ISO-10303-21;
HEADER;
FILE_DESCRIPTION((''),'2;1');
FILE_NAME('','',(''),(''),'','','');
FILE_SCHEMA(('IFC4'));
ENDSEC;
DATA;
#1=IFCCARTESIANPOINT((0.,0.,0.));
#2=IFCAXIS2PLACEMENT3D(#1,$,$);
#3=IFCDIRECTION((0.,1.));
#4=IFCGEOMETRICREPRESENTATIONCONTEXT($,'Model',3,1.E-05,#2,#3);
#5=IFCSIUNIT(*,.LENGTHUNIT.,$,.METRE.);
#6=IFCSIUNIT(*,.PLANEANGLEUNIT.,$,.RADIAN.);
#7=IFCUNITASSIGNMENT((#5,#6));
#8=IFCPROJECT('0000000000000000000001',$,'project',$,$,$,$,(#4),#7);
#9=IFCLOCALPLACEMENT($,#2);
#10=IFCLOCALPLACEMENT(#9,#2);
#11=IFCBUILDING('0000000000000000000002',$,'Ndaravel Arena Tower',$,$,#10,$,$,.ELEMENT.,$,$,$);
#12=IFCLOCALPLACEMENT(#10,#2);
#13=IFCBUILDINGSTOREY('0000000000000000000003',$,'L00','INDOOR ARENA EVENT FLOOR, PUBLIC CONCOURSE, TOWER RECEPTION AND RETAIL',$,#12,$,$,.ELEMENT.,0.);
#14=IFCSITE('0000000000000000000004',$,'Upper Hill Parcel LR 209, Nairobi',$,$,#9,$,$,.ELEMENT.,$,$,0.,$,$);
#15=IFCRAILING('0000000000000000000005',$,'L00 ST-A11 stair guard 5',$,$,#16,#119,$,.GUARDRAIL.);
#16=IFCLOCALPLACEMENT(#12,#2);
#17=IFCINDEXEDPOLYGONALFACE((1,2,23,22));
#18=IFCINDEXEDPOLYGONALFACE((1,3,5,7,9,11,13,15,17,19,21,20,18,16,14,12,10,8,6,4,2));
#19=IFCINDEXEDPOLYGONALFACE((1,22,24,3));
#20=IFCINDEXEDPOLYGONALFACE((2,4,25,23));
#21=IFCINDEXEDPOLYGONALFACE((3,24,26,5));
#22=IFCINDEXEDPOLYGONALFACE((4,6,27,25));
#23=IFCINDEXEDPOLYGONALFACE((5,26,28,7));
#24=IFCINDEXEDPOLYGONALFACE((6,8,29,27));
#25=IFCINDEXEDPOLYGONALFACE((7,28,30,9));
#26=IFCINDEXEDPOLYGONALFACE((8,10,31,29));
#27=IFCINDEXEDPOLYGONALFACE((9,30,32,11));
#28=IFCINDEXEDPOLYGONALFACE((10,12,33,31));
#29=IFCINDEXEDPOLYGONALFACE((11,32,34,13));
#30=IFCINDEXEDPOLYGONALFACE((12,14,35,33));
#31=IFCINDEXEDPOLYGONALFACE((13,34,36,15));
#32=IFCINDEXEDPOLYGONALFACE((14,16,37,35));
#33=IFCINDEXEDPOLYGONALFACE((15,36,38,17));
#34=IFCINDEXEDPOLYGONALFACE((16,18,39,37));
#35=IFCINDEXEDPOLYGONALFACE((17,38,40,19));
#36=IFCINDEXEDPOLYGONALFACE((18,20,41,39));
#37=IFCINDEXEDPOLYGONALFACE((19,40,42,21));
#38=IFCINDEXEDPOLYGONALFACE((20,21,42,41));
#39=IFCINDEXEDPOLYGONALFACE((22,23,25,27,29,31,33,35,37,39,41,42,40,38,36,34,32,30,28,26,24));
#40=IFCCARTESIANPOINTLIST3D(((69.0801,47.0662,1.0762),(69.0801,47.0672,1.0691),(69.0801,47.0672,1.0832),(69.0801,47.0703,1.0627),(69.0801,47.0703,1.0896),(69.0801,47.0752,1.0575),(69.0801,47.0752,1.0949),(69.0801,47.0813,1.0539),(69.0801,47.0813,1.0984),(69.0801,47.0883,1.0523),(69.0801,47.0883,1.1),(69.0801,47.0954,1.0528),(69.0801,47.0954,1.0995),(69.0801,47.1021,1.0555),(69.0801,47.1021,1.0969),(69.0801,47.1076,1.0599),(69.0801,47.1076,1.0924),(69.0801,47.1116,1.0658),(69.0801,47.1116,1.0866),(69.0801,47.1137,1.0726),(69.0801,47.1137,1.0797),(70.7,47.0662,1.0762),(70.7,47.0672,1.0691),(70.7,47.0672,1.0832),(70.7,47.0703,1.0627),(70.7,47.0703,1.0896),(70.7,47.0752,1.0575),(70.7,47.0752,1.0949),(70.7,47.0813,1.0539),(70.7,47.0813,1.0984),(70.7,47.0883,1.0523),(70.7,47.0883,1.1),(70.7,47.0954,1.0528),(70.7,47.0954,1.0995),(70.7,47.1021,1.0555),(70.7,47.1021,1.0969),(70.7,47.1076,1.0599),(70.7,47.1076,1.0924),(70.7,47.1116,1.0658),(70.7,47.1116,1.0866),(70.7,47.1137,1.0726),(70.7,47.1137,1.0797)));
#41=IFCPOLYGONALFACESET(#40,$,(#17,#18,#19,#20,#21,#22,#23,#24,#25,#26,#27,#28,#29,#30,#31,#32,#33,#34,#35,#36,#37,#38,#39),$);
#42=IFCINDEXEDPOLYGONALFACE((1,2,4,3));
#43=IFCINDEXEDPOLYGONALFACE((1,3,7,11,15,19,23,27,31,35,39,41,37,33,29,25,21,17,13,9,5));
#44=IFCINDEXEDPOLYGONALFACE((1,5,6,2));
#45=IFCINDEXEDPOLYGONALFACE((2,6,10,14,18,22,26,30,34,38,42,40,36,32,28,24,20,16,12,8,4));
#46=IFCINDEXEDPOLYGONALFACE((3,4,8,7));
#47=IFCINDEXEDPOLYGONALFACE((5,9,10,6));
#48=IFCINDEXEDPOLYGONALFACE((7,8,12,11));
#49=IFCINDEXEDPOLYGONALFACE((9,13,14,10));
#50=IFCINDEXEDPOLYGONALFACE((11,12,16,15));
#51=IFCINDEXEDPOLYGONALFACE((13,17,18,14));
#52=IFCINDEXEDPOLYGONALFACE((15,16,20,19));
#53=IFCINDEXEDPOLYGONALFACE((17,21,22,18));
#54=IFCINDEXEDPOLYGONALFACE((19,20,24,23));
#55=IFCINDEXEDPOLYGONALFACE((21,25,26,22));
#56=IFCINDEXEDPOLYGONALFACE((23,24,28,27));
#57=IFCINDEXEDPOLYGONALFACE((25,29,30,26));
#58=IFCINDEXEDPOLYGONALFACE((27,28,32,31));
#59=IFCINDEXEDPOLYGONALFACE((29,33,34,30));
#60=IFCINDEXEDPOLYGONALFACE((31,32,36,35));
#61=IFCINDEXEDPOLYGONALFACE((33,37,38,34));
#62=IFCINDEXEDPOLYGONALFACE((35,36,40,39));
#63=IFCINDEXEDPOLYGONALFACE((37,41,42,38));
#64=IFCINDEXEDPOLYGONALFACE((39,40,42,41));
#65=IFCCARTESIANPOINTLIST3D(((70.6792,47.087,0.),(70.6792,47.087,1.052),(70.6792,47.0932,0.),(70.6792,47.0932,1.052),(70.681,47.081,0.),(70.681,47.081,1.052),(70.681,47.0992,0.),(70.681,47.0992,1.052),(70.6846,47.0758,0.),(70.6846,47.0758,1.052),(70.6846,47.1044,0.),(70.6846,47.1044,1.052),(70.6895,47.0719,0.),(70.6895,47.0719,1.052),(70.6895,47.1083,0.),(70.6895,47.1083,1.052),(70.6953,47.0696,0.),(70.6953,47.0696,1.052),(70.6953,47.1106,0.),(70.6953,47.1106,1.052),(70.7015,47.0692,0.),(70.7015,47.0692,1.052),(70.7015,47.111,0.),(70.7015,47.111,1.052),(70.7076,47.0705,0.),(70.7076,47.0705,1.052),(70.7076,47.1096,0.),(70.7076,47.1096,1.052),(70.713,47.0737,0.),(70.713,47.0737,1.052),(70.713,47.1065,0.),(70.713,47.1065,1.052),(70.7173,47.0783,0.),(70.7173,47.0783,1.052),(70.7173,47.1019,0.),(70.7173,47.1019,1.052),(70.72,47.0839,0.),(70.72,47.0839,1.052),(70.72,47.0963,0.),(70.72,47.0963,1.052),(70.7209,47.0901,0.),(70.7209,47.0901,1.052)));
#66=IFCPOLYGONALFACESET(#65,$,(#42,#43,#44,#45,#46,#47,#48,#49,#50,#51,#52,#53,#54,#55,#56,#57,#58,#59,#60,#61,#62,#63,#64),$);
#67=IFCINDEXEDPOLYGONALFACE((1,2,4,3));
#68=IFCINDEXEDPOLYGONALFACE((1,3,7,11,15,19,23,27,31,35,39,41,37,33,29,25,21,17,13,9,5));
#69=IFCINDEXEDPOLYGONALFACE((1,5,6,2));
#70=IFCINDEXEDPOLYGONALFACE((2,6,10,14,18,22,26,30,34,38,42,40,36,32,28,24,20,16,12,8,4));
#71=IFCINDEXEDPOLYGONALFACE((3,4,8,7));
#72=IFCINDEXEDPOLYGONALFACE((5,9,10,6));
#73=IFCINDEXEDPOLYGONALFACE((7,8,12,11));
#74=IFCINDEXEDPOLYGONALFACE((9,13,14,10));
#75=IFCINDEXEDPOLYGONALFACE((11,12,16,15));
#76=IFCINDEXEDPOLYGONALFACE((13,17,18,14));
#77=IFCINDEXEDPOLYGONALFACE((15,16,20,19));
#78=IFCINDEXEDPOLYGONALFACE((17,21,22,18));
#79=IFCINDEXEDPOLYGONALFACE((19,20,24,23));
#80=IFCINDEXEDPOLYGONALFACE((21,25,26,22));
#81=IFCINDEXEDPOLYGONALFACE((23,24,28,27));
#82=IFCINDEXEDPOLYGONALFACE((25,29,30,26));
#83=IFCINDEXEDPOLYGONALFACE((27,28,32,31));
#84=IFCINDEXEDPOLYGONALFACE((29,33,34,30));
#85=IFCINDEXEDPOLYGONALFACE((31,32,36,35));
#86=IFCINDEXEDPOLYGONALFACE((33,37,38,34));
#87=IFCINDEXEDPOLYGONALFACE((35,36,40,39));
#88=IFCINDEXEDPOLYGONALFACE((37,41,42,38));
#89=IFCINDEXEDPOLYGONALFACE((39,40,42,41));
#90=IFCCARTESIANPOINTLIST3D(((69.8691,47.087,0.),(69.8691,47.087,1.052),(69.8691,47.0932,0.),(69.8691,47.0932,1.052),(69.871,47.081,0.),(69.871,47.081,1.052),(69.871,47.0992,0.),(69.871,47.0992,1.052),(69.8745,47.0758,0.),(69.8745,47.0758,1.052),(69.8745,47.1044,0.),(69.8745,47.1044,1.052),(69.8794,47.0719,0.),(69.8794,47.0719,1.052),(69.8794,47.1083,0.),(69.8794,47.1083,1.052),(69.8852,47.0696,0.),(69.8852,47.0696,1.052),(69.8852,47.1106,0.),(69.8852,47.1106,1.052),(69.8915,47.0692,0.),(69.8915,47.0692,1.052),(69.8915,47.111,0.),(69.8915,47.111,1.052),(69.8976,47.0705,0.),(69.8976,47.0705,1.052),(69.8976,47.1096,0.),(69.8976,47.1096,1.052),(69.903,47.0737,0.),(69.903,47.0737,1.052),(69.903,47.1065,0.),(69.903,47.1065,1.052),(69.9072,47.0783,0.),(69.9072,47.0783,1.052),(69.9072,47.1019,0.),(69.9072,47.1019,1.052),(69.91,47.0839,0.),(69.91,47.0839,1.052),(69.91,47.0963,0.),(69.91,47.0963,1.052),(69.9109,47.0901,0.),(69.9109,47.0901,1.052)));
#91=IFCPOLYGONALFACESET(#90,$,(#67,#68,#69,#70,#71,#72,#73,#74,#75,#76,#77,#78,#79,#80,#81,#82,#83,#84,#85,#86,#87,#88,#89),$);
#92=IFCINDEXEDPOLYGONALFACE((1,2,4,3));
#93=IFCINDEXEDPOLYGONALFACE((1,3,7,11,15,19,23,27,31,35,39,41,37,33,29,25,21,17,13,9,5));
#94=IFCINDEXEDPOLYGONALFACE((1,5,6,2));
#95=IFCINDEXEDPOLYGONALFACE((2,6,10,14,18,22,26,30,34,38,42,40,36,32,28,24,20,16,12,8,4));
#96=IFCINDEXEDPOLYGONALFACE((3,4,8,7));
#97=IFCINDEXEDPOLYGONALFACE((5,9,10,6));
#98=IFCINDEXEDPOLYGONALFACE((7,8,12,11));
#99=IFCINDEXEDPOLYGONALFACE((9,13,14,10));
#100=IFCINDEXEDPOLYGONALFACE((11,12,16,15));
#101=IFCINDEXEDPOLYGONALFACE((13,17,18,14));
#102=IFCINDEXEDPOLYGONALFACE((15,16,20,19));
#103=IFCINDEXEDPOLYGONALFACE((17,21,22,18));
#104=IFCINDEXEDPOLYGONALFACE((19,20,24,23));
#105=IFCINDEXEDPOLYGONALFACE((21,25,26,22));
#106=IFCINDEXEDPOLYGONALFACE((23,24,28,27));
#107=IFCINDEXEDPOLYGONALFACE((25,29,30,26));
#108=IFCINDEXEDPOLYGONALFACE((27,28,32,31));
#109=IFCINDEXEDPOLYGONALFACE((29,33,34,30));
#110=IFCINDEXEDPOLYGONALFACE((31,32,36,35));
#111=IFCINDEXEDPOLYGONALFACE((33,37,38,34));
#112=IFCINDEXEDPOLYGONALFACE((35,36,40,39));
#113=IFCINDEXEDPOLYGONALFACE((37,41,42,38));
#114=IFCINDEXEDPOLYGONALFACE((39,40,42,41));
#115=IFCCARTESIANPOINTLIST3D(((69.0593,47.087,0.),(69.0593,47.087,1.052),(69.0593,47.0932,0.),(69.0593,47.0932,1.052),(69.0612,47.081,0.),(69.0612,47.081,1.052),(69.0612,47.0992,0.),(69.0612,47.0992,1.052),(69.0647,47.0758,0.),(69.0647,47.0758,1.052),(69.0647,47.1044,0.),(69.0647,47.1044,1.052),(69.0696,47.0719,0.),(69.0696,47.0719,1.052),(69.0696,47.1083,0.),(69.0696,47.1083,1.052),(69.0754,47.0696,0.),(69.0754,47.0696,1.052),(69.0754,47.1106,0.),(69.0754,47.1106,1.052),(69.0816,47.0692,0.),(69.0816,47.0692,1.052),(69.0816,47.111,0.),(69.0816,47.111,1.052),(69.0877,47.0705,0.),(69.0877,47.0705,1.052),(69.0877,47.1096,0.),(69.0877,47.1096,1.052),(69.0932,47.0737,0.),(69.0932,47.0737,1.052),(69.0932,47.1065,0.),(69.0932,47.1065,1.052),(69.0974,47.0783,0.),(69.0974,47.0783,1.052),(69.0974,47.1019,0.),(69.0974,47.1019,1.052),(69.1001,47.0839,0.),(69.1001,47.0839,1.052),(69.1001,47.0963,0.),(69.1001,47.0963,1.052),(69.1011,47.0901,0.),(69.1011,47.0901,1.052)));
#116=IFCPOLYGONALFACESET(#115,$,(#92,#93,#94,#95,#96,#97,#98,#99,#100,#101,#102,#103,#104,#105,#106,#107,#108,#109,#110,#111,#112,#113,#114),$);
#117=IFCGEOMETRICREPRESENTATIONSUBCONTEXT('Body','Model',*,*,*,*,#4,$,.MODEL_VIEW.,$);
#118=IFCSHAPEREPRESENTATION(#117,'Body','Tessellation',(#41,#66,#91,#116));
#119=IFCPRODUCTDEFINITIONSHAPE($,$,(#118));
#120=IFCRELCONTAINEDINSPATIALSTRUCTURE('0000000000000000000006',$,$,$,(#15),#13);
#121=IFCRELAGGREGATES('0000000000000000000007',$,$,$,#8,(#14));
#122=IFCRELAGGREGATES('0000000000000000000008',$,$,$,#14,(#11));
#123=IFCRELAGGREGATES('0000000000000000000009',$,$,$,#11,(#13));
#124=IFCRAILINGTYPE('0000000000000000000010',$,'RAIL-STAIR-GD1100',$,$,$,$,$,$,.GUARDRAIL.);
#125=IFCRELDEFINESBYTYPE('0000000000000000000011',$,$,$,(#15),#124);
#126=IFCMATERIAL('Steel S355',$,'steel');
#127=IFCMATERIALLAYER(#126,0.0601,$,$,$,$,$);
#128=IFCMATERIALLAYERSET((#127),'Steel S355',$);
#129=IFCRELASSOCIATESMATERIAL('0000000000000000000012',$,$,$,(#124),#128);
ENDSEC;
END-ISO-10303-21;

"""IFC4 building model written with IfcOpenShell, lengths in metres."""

from ifc_helpers import new_model, si_unit, direction, frame, origin, origin_2d, place, context, subcontext, project, spatial, circle, extrude, material, layer, layer_set, type_object, element, save


model = new_model("IFC4")

# Units and contexts
model_context = context("Model", 3, precision=1e-05, world=origin(), true_north=direction((0.0, 1.0)))
body_context = subcontext(model_context, "Body", "Model", "MODEL_VIEW")
ifc_project = project(units=[si_unit("LENGTHUNIT", "METRE"), si_unit("PLANEANGLEUNIT", "RADIAN")], contexts=[model_context])

# Site, building, storey
site_placement = place(None, origin())
site = spatial("IfcSite", under=ifc_project, at=site_placement, Name="Upper Hill Parcel LR 209, Nairobi", CompositionType="ELEMENT", RefElevation=0.0)
building_placement = place(site_placement, origin())
building = spatial("IfcBuilding", under=site, at=building_placement, Name="Ndaravel Arena Tower", CompositionType="ELEMENT")
storey_placement = place(building_placement, origin())
storey = spatial("IfcBuildingStorey", under=building, at=storey_placement, Name="L00", Description="INDOOR ARENA EVENT FLOOR, PUBLIC CONCOURSE, TOWER RECEPTION AND RETAIL", CompositionType="ELEMENT", Elevation=0.0)

# Railing
ifc_material_1 = material(Name="Steel S355", Category="steel")
ifc_layer_1 = layer(ifc_material_1, 0.0601)
ifc_layer_set_1 = layer_set([ifc_layer_1], Name="Steel S355")
railing_type_1 = type_object("IfcRailingType", Name="RAIL-STAIR-GD1100", PredefinedType="GUARDRAIL", material=ifc_layer_set_1)
for number, where, name in (
    (1, (70.7, 47.0901, 0.0), "L00 ST-A11 stair guard 5"),
):
    element("IfcRailing", number, at=place(storey_placement, frame(where)), inside=storey, type_object=railing_type_1, Name=name, PredefinedType="GUARDRAIL", context=body_context, shape_type="SweptSolid", body=[
        extrude(circle(Radius=0.0239, at=origin_2d()), frame((0.0, 0.0, 1.0762), z_axis=(-1.0, 0.0, 0.0), x_axis=(0.0, -1.0, 0.0)), (0.0, 0.0, 1.0), 1.6199),
        extrude(circle(Radius=0.021, at=origin_2d()), origin(), (0.0, 0.0, 1.0), 1.052),
        extrude(circle(Radius=0.021, at=origin_2d()), frame((-0.8101, 0.0, 0.0)), (0.0, 0.0, 1.0), 1.052),
        extrude(circle(Radius=0.021, at=origin_2d()), frame((-1.6199, 0.0, 0.0)), (0.0, 0.0, 1.0), 1.052),
    ])

save(model, "model.ifc")
